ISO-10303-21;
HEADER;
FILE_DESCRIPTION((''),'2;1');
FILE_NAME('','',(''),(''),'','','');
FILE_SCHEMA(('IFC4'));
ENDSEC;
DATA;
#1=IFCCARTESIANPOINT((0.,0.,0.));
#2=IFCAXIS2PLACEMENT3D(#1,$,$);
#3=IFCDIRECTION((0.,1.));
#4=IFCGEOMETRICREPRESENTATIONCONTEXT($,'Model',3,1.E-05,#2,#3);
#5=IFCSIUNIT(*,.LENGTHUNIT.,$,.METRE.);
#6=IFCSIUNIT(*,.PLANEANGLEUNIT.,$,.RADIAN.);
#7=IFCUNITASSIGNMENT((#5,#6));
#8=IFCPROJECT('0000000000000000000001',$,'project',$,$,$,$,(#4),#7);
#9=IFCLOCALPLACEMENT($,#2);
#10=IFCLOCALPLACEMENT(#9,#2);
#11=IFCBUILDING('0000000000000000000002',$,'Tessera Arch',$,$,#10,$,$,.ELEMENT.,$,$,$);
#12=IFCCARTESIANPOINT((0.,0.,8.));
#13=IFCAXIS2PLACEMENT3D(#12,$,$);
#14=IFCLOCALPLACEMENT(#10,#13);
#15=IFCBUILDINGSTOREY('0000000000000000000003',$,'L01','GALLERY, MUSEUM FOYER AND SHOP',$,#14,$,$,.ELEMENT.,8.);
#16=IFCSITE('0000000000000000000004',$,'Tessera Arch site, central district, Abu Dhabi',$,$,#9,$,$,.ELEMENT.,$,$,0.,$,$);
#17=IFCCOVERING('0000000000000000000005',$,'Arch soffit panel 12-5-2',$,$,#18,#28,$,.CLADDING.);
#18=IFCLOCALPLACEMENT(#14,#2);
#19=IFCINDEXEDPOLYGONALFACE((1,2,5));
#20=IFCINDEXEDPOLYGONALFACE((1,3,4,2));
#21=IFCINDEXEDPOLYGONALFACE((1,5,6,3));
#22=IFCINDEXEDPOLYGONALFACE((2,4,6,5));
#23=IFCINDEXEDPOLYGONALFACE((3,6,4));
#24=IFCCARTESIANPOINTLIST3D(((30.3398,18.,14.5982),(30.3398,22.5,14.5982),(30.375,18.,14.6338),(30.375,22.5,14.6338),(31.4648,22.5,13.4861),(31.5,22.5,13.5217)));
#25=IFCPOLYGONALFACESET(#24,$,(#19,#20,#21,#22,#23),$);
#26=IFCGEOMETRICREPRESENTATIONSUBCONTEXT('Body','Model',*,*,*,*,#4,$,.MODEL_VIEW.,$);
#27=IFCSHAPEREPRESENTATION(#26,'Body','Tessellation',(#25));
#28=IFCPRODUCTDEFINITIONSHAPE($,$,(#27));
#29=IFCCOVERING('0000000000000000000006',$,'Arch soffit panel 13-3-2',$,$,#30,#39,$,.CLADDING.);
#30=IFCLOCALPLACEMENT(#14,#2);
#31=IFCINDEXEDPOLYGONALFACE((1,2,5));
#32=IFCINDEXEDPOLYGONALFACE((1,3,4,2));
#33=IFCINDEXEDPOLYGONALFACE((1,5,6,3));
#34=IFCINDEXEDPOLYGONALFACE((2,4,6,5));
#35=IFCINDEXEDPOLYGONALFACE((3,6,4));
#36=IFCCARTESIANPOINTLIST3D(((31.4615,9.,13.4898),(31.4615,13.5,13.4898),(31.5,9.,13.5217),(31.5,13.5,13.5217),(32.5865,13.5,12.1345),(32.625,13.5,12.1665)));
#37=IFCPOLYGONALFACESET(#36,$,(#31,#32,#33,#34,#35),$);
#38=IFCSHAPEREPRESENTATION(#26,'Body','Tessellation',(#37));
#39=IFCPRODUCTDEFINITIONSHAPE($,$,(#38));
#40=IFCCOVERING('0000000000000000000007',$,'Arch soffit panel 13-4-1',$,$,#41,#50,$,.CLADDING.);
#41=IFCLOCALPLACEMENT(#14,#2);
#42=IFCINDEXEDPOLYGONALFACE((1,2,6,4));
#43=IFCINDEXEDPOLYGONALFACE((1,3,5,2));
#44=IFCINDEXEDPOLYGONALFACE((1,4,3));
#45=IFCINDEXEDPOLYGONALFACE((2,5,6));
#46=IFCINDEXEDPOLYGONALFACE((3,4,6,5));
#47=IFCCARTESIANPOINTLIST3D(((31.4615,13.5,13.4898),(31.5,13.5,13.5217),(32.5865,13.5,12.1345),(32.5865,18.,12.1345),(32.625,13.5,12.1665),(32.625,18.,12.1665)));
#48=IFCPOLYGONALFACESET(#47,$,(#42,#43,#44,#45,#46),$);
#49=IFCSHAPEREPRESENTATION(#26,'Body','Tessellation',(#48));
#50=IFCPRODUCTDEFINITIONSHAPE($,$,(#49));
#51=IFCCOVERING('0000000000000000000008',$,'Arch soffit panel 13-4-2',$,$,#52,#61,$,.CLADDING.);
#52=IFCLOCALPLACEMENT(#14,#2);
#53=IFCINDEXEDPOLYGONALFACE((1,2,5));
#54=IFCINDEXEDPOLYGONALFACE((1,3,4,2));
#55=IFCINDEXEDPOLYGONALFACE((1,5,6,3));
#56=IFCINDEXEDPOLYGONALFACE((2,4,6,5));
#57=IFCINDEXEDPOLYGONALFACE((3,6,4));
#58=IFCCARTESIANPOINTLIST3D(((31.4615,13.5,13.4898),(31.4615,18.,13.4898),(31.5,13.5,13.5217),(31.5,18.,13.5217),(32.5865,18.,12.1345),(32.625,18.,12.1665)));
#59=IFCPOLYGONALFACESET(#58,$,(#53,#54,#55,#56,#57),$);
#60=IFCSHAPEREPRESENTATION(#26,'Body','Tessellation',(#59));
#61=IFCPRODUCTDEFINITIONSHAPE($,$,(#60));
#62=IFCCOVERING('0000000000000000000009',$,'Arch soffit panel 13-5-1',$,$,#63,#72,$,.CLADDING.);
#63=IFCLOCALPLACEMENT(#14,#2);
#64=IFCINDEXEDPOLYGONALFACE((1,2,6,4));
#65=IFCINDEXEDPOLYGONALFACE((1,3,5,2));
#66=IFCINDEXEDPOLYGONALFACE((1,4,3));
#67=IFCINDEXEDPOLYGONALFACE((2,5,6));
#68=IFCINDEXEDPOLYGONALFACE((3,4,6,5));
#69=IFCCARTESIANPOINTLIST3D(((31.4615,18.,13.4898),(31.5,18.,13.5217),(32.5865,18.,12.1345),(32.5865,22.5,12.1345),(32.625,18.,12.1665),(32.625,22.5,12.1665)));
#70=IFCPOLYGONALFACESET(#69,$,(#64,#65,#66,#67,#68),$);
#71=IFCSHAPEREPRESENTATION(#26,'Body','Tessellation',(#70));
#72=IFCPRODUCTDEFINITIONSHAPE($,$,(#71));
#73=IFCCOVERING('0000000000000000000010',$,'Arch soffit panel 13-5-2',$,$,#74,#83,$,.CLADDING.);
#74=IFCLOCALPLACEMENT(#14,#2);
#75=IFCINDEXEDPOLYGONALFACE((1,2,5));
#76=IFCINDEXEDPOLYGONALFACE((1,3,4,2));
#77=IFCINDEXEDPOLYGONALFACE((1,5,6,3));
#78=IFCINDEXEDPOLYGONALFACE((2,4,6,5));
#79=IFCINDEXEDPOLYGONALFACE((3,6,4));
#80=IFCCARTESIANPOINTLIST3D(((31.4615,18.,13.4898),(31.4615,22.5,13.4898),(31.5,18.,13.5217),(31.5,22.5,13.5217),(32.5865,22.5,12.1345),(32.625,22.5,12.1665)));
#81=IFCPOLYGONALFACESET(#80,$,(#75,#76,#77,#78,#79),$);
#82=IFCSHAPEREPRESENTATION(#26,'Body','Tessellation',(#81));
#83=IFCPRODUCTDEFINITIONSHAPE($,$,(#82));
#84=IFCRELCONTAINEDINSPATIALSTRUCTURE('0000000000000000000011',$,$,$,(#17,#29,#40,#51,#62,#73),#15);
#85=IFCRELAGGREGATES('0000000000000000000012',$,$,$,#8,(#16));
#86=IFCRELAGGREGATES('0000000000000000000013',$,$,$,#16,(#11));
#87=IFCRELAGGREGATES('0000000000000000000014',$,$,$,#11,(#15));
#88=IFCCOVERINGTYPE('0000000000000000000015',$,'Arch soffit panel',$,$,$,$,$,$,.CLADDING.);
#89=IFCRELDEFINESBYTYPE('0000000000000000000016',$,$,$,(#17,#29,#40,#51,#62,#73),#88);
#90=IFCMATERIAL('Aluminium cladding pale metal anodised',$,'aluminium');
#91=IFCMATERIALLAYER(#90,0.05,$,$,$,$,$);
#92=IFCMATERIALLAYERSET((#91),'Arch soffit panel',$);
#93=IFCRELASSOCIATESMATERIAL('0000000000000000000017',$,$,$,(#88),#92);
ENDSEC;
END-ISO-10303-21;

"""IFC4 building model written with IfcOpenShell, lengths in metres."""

from ifc_helpers import new_model, si_unit, direction, frame, origin, place, context, subcontext, project, spatial, polyline, outline, extrude, material, layer, layer_set, type_object, element, save


model = new_model("IFC4")

# Units and contexts
model_context = context("Model", 3, precision=1e-05, world=origin(), true_north=direction((0.0, 1.0)))
body_context = subcontext(model_context, "Body", "Model", "MODEL_VIEW")
ifc_project = project(units=[si_unit("LENGTHUNIT", "METRE"), si_unit("PLANEANGLEUNIT", "RADIAN")], contexts=[model_context])

# Site, building, storey
site_placement = place(None, origin())
site = spatial("IfcSite", under=ifc_project, at=site_placement, Name="Tessera Arch site, central district, Abu Dhabi", CompositionType="ELEMENT", RefElevation=0.0)
building_placement = place(site_placement, origin())
building = spatial("IfcBuilding", under=site, at=building_placement, Name="Tessera Arch", CompositionType="ELEMENT")
storey_placement = place(building_placement, frame((0.0, 0.0, 8.0)))
storey = spatial("IfcBuildingStorey", under=building, at=storey_placement, Name="L01", Description="GALLERY, MUSEUM FOYER AND SHOP", CompositionType="ELEMENT", Elevation=8.0)

# Coverings
ifc_material = material(Name="Aluminium cladding pale metal anodised", Category="aluminium")
ifc_layer = layer(ifc_material, 0.05)
ifc_layer_set = layer_set([ifc_layer], Name="Arch soffit panel")
covering_type = type_object("IfcCoveringType", Name="Arch soffit panel", PredefinedType="CLADDING", material=ifc_layer_set)
covering_1_placement = place(storey_placement, frame((30.375, 18.0, 14.6338), z_axis=(0.703005, 0.0, 0.711185), x_axis=(0.235852, 0.943409, -0.233139)))
element("IfcCovering", 1, at=covering_1_placement, inside=storey, type_object=covering_type, Name="Arch soffit panel 12-5-2", PredefinedType="CLADDING", context=body_context, shape_type="SweptSolid", body=[
    extrude(outline(polyline([(0.0, 0.0), (4.7699, 0.0), (4.2453, 1.4923), (0.0, 0.0)])), origin(), (0.0, 0.0, -1.0), 0.05),
])
covering_2_placement = place(storey_placement, frame((31.5, 9.0, 13.5217), z_axis=(0.769436, 0.0, 0.638724), x_axis=(0.232803, 0.931211, -0.280444)))
element("IfcCovering", 2, at=covering_2_placement, inside=storey, type_object=covering_type, Name="Arch soffit panel 13-3-2", PredefinedType="CLADDING", context=body_context, shape_type="SweptSolid", body=[
    extrude(outline(polyline([(0.0, 0.0), (4.8324, 0.0), (4.1904, 1.6402), (0.0, 0.0)])), origin(), (0.0, 0.0, -1.0), 0.05),
])
covering_3_placement = place(storey_placement, frame((31.5, 13.5, 13.5217), z_axis=(0.769436, 0.0, 0.638724), x_axis=(0.638724, 0.0, -0.769436)))
element("IfcCovering", 3, at=covering_3_placement, inside=storey, type_object=covering_type, Name="Arch soffit panel 13-4-1", PredefinedType="CLADDING", context=body_context, shape_type="SweptSolid", body=[
    extrude(outline(polyline([(0.0, 0.0), (1.7613, 0.0), (1.7613, 4.5), (0.0, 0.0)])), origin(), (0.0, 0.0, -1.0), 0.05),
])
covering_4_placement = place(storey_placement, frame((31.5, 13.5, 13.5217), z_axis=(0.769436, 0.0, 0.638724), x_axis=(0.232803, 0.931211, -0.280444)))
element("IfcCovering", 4, at=covering_4_placement, inside=storey, type_object=covering_type, Name="Arch soffit panel 13-4-2", PredefinedType="CLADDING", context=body_context, shape_type="SweptSolid", body=[
    extrude(outline(polyline([(0.0, 0.0), (4.8324, 0.0), (4.1904, 1.6402), (0.0, 0.0)])), origin(), (0.0, 0.0, -1.0), 0.05),
])
covering_5_placement = place(storey_placement, frame((31.5, 18.0, 13.5217), z_axis=(0.769436, 0.0, 0.638724), x_axis=(0.638724, 0.0, -0.769436)))
element("IfcCovering", 5, at=covering_5_placement, inside=storey, type_object=covering_type, Name="Arch soffit panel 13-5-1", PredefinedType="CLADDING", context=body_context, shape_type="SweptSolid", body=[
    extrude(outline(polyline([(0.0, 0.0), (1.7613, 0.0), (1.7613, 4.5), (0.0, 0.0)])), origin(), (0.0, 0.0, -1.0), 0.05),
])
covering_6_placement = place(storey_placement, frame((31.5, 18.0, 13.5217), z_axis=(0.769436, 0.0, 0.638724), x_axis=(0.232803, 0.931211, -0.280444)))
element("IfcCovering", 6, at=covering_6_placement, inside=storey, type_object=covering_type, Name="Arch soffit panel 13-5-2", PredefinedType="CLADDING", context=body_context, shape_type="SweptSolid", body=[
    extrude(outline(polyline([(0.0, 0.0), (4.8324, 0.0), (4.1904, 1.6402), (0.0, 0.0)])), origin(), (0.0, 0.0, -1.0), 0.05),
])

save(model, "model.ifc")
